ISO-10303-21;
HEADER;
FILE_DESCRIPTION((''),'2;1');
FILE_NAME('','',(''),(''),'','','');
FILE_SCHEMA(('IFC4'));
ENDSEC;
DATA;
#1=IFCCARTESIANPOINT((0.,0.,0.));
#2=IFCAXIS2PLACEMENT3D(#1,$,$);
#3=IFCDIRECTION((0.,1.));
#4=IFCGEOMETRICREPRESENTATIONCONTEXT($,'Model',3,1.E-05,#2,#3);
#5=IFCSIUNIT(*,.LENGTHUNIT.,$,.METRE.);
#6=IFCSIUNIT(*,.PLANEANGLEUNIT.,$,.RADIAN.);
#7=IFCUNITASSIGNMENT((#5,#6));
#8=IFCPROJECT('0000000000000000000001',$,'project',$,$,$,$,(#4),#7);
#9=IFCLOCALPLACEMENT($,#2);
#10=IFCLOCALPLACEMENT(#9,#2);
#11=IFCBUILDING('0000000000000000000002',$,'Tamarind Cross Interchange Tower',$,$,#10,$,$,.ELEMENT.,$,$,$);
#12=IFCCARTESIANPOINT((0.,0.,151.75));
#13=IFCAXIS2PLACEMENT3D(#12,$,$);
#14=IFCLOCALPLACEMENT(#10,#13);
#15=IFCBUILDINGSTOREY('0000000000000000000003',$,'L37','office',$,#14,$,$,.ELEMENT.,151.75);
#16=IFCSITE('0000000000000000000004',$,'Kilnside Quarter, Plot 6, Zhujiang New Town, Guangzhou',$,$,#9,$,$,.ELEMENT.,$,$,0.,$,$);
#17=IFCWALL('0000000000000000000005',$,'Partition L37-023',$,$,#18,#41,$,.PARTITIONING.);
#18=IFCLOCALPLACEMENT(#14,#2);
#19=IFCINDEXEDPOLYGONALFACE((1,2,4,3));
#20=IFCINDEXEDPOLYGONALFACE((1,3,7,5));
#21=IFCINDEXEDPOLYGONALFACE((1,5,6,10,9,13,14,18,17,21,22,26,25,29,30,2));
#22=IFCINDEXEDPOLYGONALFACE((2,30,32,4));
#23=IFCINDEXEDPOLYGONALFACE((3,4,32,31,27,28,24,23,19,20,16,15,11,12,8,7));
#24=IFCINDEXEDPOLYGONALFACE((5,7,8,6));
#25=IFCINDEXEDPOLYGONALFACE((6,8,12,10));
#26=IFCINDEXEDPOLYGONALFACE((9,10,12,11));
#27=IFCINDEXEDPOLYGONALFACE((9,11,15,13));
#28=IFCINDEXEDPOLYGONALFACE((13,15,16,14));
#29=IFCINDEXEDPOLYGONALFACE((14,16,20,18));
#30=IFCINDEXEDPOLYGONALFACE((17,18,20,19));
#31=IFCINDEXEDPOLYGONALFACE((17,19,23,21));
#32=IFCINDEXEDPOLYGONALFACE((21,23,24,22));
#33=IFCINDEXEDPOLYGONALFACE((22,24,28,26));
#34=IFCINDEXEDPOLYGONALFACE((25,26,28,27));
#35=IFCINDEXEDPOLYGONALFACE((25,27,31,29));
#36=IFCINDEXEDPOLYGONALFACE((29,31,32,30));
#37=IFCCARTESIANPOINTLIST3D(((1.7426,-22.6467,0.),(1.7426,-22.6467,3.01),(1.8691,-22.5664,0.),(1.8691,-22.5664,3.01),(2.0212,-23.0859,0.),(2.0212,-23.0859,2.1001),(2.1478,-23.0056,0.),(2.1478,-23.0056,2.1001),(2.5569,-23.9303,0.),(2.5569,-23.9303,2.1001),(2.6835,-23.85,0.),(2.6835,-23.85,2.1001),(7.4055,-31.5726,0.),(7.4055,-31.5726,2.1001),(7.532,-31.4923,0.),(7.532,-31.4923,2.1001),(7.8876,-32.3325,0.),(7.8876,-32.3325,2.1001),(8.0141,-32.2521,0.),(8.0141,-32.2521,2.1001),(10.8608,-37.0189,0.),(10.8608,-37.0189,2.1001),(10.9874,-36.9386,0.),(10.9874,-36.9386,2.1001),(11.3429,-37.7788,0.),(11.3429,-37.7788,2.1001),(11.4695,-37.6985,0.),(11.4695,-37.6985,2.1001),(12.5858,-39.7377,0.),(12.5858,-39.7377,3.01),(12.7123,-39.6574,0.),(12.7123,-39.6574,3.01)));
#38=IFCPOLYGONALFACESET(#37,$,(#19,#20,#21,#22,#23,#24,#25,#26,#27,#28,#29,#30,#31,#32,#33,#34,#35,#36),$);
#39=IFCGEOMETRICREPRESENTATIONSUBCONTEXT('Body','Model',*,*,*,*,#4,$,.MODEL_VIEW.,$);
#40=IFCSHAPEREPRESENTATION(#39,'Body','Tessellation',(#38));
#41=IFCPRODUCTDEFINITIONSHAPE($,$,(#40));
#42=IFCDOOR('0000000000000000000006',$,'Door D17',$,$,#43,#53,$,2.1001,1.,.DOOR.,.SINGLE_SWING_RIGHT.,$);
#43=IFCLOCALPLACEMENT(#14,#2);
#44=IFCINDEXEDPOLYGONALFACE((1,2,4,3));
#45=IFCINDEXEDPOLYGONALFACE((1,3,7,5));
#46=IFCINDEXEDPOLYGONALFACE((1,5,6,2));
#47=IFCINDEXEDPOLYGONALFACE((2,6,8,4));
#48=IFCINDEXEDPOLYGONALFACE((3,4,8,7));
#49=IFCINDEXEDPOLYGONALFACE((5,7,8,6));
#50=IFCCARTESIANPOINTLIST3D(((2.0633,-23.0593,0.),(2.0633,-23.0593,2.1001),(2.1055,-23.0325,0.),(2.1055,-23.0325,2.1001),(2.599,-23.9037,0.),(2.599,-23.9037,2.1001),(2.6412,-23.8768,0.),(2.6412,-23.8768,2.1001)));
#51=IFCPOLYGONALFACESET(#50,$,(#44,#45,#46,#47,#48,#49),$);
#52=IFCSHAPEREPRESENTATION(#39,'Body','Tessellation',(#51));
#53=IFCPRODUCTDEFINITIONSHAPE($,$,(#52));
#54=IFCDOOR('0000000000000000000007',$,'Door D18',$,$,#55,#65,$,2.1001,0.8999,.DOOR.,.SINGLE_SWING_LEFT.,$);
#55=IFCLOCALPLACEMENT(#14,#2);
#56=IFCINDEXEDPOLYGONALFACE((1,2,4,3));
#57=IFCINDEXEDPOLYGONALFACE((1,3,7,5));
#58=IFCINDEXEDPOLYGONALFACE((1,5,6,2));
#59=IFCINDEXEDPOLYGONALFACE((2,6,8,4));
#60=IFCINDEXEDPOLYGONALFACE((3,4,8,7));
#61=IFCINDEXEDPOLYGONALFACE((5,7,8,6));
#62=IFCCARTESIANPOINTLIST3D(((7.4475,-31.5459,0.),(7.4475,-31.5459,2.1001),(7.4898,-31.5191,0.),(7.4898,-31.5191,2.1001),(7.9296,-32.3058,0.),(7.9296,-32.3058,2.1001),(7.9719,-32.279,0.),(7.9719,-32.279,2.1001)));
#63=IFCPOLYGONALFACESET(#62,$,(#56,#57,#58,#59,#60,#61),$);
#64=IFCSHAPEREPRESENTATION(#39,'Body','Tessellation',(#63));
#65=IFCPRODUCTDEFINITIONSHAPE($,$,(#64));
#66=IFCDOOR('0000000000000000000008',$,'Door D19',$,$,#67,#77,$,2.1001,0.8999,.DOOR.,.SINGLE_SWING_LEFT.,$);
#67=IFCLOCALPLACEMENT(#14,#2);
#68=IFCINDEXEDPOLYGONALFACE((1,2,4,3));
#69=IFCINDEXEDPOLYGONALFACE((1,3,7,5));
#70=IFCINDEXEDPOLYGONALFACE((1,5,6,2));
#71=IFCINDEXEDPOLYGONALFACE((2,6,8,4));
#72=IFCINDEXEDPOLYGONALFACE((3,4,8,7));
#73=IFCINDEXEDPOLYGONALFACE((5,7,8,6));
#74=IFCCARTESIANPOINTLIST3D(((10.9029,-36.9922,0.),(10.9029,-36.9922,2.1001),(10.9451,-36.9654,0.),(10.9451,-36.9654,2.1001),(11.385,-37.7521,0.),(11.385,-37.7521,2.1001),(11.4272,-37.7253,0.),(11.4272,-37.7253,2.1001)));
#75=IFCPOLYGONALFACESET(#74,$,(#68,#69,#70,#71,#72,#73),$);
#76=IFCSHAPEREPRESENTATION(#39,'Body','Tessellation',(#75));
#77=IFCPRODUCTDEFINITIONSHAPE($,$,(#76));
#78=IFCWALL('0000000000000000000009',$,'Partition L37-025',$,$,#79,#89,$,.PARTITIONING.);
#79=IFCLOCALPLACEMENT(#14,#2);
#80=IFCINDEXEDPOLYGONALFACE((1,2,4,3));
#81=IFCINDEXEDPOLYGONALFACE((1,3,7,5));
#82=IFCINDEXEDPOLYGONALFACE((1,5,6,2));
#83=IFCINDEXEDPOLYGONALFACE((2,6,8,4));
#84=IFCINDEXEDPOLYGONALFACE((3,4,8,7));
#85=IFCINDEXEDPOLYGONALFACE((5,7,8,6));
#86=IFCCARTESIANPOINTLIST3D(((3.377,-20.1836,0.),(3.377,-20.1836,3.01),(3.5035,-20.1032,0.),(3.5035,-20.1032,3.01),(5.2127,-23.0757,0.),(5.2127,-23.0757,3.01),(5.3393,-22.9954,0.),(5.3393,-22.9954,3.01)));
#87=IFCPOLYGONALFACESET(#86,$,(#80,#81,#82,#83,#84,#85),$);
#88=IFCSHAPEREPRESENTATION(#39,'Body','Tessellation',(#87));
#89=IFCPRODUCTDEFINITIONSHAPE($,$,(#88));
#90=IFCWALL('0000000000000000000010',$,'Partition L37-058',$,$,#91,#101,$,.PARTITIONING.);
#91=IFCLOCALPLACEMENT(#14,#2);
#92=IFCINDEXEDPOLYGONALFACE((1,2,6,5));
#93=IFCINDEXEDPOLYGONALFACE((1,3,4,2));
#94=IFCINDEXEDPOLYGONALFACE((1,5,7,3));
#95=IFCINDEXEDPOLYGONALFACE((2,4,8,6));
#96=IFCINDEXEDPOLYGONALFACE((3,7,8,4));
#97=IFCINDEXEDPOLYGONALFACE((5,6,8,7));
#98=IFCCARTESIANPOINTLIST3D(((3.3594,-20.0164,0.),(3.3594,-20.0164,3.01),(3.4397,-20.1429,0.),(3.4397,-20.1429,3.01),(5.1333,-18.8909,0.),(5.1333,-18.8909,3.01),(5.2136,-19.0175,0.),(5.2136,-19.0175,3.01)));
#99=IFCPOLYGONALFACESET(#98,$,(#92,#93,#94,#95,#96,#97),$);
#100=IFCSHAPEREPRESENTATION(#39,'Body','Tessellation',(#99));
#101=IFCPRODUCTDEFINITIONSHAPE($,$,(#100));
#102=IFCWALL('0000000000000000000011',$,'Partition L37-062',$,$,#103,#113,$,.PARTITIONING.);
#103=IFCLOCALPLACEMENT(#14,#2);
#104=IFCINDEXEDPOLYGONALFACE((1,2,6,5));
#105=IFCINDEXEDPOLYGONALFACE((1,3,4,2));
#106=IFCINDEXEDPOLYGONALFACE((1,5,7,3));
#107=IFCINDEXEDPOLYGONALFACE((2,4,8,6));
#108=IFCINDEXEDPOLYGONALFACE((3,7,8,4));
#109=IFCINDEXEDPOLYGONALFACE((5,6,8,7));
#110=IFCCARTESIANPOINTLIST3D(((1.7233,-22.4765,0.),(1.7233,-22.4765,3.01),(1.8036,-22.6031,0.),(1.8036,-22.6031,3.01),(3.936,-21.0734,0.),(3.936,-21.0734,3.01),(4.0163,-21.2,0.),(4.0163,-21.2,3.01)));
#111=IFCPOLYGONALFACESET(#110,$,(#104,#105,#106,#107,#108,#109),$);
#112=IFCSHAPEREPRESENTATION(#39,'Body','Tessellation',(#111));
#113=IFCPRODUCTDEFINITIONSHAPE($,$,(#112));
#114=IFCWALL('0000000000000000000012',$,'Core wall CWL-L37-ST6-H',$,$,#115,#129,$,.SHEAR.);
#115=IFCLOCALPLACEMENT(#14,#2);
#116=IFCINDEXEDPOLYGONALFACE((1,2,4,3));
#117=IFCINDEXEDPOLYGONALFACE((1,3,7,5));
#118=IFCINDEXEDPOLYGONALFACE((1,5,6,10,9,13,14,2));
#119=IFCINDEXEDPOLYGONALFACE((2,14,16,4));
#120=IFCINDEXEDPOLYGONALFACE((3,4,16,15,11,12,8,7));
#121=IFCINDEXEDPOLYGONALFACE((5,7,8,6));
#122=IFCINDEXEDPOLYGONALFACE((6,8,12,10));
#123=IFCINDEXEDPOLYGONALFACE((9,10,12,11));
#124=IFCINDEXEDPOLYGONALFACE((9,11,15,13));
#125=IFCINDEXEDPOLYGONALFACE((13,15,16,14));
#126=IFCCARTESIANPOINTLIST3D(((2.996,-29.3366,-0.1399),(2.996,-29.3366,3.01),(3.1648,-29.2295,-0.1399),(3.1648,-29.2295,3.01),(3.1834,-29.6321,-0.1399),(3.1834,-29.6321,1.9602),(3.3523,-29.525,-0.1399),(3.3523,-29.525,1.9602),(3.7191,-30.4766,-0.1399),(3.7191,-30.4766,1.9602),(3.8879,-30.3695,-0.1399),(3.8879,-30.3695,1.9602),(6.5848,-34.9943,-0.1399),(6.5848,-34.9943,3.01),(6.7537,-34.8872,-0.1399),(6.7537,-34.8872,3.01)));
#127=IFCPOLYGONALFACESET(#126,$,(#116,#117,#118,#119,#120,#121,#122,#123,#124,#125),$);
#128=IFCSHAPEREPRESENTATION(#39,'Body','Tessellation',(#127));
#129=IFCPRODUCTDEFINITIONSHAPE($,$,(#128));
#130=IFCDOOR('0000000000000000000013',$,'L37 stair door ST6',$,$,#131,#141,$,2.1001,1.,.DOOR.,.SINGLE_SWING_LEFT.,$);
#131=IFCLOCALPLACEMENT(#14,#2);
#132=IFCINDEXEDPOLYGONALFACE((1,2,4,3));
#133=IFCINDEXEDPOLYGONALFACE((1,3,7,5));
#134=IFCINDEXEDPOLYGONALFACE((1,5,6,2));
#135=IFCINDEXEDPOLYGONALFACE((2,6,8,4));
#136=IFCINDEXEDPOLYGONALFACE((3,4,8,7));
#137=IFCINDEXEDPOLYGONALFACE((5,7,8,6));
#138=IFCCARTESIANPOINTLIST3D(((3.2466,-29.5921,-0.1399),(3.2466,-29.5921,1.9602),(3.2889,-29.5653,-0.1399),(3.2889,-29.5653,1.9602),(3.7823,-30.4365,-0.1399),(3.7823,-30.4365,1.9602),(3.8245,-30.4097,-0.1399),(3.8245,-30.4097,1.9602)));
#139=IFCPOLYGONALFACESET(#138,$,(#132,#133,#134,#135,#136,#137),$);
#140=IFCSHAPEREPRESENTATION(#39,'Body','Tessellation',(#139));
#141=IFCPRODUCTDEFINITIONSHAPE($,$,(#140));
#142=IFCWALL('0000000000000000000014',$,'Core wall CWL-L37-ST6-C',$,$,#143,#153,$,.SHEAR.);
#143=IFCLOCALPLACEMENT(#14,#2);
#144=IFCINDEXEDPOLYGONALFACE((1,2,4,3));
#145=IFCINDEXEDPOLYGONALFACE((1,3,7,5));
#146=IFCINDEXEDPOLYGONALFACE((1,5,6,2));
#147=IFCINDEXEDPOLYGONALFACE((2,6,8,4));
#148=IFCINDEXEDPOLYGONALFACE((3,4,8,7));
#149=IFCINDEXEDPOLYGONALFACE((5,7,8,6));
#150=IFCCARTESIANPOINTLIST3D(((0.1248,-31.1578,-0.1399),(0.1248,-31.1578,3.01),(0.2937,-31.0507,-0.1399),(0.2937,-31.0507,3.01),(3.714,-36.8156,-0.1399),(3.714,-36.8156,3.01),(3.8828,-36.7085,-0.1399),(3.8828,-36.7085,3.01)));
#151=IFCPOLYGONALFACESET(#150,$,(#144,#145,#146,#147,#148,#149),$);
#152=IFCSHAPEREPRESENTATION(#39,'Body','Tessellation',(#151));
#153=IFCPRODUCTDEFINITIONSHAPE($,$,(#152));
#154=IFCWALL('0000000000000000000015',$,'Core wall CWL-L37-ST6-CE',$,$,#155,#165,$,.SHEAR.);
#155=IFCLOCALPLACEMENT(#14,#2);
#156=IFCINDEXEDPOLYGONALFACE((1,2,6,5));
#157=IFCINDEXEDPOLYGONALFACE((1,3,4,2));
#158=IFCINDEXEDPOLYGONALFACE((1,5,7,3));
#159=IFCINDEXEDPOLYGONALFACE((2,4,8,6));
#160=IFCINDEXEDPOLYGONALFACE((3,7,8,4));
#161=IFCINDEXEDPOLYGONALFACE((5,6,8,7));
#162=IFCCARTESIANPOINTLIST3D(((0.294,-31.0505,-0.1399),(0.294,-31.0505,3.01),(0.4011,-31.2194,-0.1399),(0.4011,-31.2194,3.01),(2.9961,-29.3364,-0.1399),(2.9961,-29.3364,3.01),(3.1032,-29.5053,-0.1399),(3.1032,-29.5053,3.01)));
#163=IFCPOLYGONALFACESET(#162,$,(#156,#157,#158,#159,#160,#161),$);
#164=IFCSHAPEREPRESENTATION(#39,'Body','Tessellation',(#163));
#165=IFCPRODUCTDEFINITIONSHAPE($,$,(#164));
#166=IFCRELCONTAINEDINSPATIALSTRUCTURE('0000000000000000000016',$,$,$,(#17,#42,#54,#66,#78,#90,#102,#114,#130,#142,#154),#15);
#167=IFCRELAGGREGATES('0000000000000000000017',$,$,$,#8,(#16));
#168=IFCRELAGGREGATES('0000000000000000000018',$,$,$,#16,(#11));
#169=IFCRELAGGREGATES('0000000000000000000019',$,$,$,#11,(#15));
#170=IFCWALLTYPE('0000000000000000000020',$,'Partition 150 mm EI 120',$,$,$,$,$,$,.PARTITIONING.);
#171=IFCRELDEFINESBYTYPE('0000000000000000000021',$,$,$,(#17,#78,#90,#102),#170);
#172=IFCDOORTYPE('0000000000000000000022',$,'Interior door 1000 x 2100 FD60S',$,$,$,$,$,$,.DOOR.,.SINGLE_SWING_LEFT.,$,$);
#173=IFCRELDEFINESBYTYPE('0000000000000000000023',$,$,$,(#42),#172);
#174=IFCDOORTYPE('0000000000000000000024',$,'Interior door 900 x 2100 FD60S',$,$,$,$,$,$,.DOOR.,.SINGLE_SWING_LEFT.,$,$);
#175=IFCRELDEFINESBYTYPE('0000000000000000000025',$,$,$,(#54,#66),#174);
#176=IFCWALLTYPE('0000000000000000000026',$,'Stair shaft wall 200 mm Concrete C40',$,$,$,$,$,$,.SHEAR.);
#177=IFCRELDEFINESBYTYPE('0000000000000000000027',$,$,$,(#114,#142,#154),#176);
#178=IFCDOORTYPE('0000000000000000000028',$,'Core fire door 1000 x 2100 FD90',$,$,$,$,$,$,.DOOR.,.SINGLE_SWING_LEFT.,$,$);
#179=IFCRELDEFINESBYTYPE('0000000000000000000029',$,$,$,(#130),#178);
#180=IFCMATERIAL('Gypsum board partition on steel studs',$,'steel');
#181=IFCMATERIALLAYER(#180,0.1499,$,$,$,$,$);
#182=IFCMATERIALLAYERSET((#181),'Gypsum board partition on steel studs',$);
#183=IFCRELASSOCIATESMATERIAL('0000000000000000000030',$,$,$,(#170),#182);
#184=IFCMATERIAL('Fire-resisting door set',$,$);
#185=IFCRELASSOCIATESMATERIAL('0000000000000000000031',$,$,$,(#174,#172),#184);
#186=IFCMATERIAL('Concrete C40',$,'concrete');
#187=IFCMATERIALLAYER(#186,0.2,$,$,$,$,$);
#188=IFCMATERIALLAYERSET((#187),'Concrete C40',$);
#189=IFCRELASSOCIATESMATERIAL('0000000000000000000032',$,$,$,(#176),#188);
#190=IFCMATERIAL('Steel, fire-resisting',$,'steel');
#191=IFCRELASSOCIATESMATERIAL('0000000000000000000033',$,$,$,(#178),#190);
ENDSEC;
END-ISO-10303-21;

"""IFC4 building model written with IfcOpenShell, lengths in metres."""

from ifc_helpers import new_model, si_unit, direction, frame, frame_2d, origin, place, context, subcontext, project, spatial, rectangle, extrude, material, layer, layer_set, type_object, element, fill, save


model = new_model("IFC4")

# Units and contexts
model_context = context("Model", 3, precision=1e-05, world=origin(), true_north=direction((0.0, 1.0)))
body_context = subcontext(model_context, "Body", "Model", "MODEL_VIEW")
ifc_project = project(units=[si_unit("LENGTHUNIT", "METRE"), si_unit("PLANEANGLEUNIT", "RADIAN")], contexts=[model_context])

# Site, building, storey
site_placement = place(None, origin())
site = spatial("IfcSite", under=ifc_project, at=site_placement, Name="Kilnside Quarter, Plot 6, Zhujiang New Town, Guangzhou", CompositionType="ELEMENT", RefElevation=0.0)
building_placement = place(site_placement, origin())
building = spatial("IfcBuilding", under=site, at=building_placement, Name="Tamarind Cross Interchange Tower", CompositionType="ELEMENT")
storey_placement = place(building_placement, frame((0.0, 0.0, 151.75)))
storey = spatial("IfcBuildingStorey", under=building, at=storey_placement, Name="L37", Description="office", CompositionType="ELEMENT", Elevation=151.75)

# Shared definitions
ifc_material_1 = material(Name="Gypsum board partition on steel studs", Category="steel")
ifc_layer_1 = layer(ifc_material_1, 0.1499)
ifc_layer_set_1 = layer_set([ifc_layer_1], Name="Gypsum board partition on steel studs")
wall_type_1 = type_object("IfcWallType", Name="Partition 150 mm EI 120", PredefinedType="PARTITIONING", material=ifc_layer_set_1)
ifc_material_2 = material(Name="Fire-resisting door set")
door_type_1 = type_object("IfcDoorType", Name="Interior door 900 x 2100 FD60S", OperationType="SINGLE_SWING_LEFT", PredefinedType="DOOR", material=ifc_material_2)

# Wall, openings, doors
wall_1_placement = place(storey_placement, frame((1.8059, -22.6067, 0.0), z_axis=(0.0, 0.0, 1.0), x_axis=(0.535719, -0.844396, 0.0)))
wall_1 = element("IfcWall", 1, at=wall_1_placement, inside=storey, type_object=wall_type_1, Name="Partition L37-023", PredefinedType="PARTITIONING", context=body_context, shape_type="SweptSolid", body=[
    extrude(rectangle(XDim=20.2405, YDim=0.1499, at=frame_2d((10.1201, 0.0))), origin(), (0.0, 0.0, 1.0), 3.01),
])
opening_1_placement = place(wall_1_placement, frame((0.52, 0.0, 0.0)))
opening_1 = element("IfcOpeningElement", 2, at=opening_1_placement, cuts=wall_1, PredefinedType="OPENING", context=body_context, shape_type="SweptSolid", body=[
    extrude(rectangle(XDim=1.0, YDim=2.1001, at=frame_2d((0.5, 1.05))), frame((0.0, 0.085, 0.0), z_axis=(0.0, -1.0, 0.0), x_axis=(1.0, 0.0, 0.0)), (0.0, 0.0, 1.0), 0.1699),
])
opening_2_placement = place(wall_1_placement, frame((10.5706, 0.0, 0.0)))
opening_2 = element("IfcOpeningElement", 3, at=opening_2_placement, cuts=wall_1, PredefinedType="OPENING", context=body_context, shape_type="SweptSolid", body=[
    extrude(rectangle(XDim=0.8999, YDim=2.1001, at=frame_2d((0.45, 1.05))), frame((0.0, 0.085, 0.0), z_axis=(0.0, -1.0, 0.0), x_axis=(1.0, 0.0, 0.0)), (0.0, 0.0, 1.0), 0.1699),
])
opening_3_placement = place(wall_1_placement, frame((17.0205, 0.0, 0.0)))
opening_3 = element("IfcOpeningElement", 4, at=opening_3_placement, cuts=wall_1, PredefinedType="OPENING", context=body_context, shape_type="SweptSolid", body=[
    extrude(rectangle(XDim=0.8999, YDim=2.1001, at=frame_2d((0.45, 1.05))), frame((0.0, 0.085, 0.0), z_axis=(0.0, -1.0, 0.0), x_axis=(1.0, 0.0, 0.0)), (0.0, 0.0, 1.0), 0.1699),
])
door_type_2 = type_object("IfcDoorType", Name="Interior door 1000 x 2100 FD60S", OperationType="SINGLE_SWING_LEFT", PredefinedType="DOOR", material=ifc_material_2)
door_1_placement = place(opening_1_placement, origin())
door_1 = element("IfcDoor", 5, at=door_1_placement, inside=storey, type_object=door_type_2, Name="Door D17", OperationType="SINGLE_SWING_RIGHT", OverallHeight=2.1001, OverallWidth=1.0, PredefinedType="DOOR", context=body_context, shape_type="SweptSolid", body=[
    extrude(rectangle(XDim=1.0, YDim=2.1001, at=frame_2d((0.5, 1.05))), frame((0.0, 0.0249, 0.0), z_axis=(0.0, -1.0, 0.0), x_axis=(1.0, 0.0, 0.0)), (0.0, 0.0, 1.0), 0.05),
])
fill(opening_1, door_1)
door_2_placement = place(opening_2_placement, origin())
door_2 = element("IfcDoor", 6, at=door_2_placement, inside=storey, type_object=door_type_1, Name="Door D18", OperationType="SINGLE_SWING_LEFT", OverallHeight=2.1001, OverallWidth=0.8999, PredefinedType="DOOR", context=body_context, shape_type="SweptSolid", body=[
    extrude(rectangle(XDim=0.8999, YDim=2.1001, at=frame_2d((0.45, 1.05))), frame((0.0, 0.0249, 0.0), z_axis=(0.0, -1.0, 0.0), x_axis=(1.0, 0.0, 0.0)), (0.0, 0.0, 1.0), 0.05),
])
fill(opening_2, door_2)
door_3_placement = place(opening_3_placement, origin())
door_3 = element("IfcDoor", 7, at=door_3_placement, inside=storey, type_object=door_type_1, Name="Door D19", OperationType="SINGLE_SWING_LEFT", OverallHeight=2.1001, OverallWidth=0.8999, PredefinedType="DOOR", context=body_context, shape_type="SweptSolid", body=[
    extrude(rectangle(XDim=0.8999, YDim=2.1001, at=frame_2d((0.45, 1.05))), frame((0.0, 0.0249, 0.0), z_axis=(0.0, -1.0, 0.0), x_axis=(1.0, 0.0, 0.0)), (0.0, 0.0, 1.0), 0.05),
])
fill(opening_3, door_3)

# Walls
wall_2_placement = place(storey_placement, frame((3.4402, -20.1433, 0.0), z_axis=(0.0, 0.0, 1.0), x_axis=(0.535893, -0.844286, 0.0)))
element("IfcWall", 8, at=wall_2_placement, inside=storey, type_object=wall_type_1, Name="Partition L37-025", PredefinedType="PARTITIONING", context=body_context, shape_type="SweptSolid", body=[
    extrude(rectangle(XDim=3.4255, YDim=0.1499, at=frame_2d((1.7129, 0.0))), origin(), (0.0, 0.0, 1.0), 3.01),
])
wall_3_placement = place(storey_placement, frame((3.3997, -20.0796, 0.0), z_axis=(0.0, 0.0, 1.0), x_axis=(0.844388, 0.535732, 0.0)))
element("IfcWall", 9, at=wall_3_placement, inside=storey, type_object=wall_type_1, Name="Partition L37-058", PredefinedType="PARTITIONING", context=body_context, shape_type="SweptSolid", body=[
    extrude(rectangle(XDim=2.1008, YDim=0.1499, at=frame_2d((1.0503, 0.0))), origin(), (0.0, 0.0, 1.0), 3.01),
])
wall_4_placement = place(storey_placement, frame((1.7634, -22.5398, 0.0), z_axis=(0.0, 0.0, 1.0), x_axis=(0.84452, 0.535524, 0.0)))
element("IfcWall", 10, at=wall_4_placement, inside=storey, type_object=wall_type_1, Name="Partition L37-062", PredefinedType="PARTITIONING", context=body_context, shape_type="SweptSolid", body=[
    extrude(rectangle(XDim=2.6201, YDim=0.1499, at=frame_2d((1.3101, 0.0))), origin(), (0.0, 0.0, 1.0), 3.01),
])

# Wall, opening, door
ifc_material_3 = material(Name="Concrete C40", Category="concrete")
ifc_layer_2 = layer(ifc_material_3, 0.2)
ifc_layer_set_2 = layer_set([ifc_layer_2], Name="Concrete C40")
wall_type_2 = type_object("IfcWallType", Name="Stair shaft wall 200 mm Concrete C40", PredefinedType="SHEAR", material=ifc_layer_set_2)
wall_5_placement = place(storey_placement, frame((3.0803, -29.283, -0.1399), z_axis=(0.0, 0.0, 1.0), x_axis=(0.535654, -0.844438, 0.0)))
wall_5 = element("IfcWall", 11, at=wall_5_placement, inside=storey, type_object=wall_type_2, Name="Core wall CWL-L37-ST6-H", PredefinedType="SHEAR", context=body_context, shape_type="SweptSolid", body=[
    extrude(rectangle(XDim=6.7, YDim=0.2, at=frame_2d((3.3501, 0.0))), origin(), (0.0, 0.0, 1.0), 3.1499),
])
opening_4_placement = place(wall_5_placement, frame((0.3501, 0.0, 0.0)))
opening_4 = element("IfcOpeningElement", 12, at=opening_4_placement, cuts=wall_5, PredefinedType="OPENING", context=body_context, shape_type="SweptSolid", body=[
    extrude(rectangle(XDim=1.0, YDim=2.1001, at=frame_2d((0.5, 1.05))), frame((0.0, 0.1099, 0.0), z_axis=(0.0, -1.0, 0.0), x_axis=(1.0, 0.0, 0.0)), (0.0, 0.0, 1.0), 0.22),
])
ifc_material_4 = material(Name="Steel, fire-resisting", Category="steel")
door_type_3 = type_object("IfcDoorType", Name="Core fire door 1000 x 2100 FD90", OperationType="SINGLE_SWING_LEFT", PredefinedType="DOOR", material=ifc_material_4)
door_4_placement = place(opening_4_placement, origin())
door_4 = element("IfcDoor", 13, at=door_4_placement, inside=storey, type_object=door_type_3, Name="L37 stair door ST6", OperationType="SINGLE_SWING_LEFT", OverallHeight=2.1001, OverallWidth=1.0, PredefinedType="DOOR", context=body_context, shape_type="SweptSolid", body=[
    extrude(rectangle(XDim=1.0, YDim=2.1001, at=frame_2d((0.5, 1.05))), frame((0.0, 0.0249, 0.0), z_axis=(0.0, -1.0, 0.0), x_axis=(1.0, 0.0, 0.0)), (0.0, 0.0, 1.0), 0.05),
])
fill(opening_4, door_4)

# Walls
wall_6_placement = place(storey_placement, frame((0.2092, -31.1042, -0.1399), z_axis=(0.0, 0.0, 1.0), x_axis=(0.53568, -0.844421, 0.0)))
element("IfcWall", 14, at=wall_6_placement, inside=storey, type_object=wall_type_2, Name="Core wall CWL-L37-ST6-C", PredefinedType="SHEAR", context=body_context, shape_type="SweptSolid", body=[
    extrude(rectangle(XDim=6.7002, YDim=0.2, at=frame_2d((3.3501, 0.0))), origin(), (0.0, 0.0, 1.0), 3.1499),
])
wall_7_placement = place(storey_placement, frame((0.3474, -31.135, -0.1399), z_axis=(0.0, 0.0, 1.0), x_axis=(0.84443, 0.535665, 0.0)))
element("IfcWall", 15, at=wall_7_placement, inside=storey, type_object=wall_type_2, Name="Core wall CWL-L37-ST6-CE", PredefinedType="SHEAR", context=body_context, shape_type="SweptSolid", body=[
    extrude(rectangle(XDim=3.2, YDim=0.2, at=frame_2d((1.6001, 0.0))), origin(), (0.0, 0.0, 1.0), 3.1499),
])

save(model, "model.ifc")
